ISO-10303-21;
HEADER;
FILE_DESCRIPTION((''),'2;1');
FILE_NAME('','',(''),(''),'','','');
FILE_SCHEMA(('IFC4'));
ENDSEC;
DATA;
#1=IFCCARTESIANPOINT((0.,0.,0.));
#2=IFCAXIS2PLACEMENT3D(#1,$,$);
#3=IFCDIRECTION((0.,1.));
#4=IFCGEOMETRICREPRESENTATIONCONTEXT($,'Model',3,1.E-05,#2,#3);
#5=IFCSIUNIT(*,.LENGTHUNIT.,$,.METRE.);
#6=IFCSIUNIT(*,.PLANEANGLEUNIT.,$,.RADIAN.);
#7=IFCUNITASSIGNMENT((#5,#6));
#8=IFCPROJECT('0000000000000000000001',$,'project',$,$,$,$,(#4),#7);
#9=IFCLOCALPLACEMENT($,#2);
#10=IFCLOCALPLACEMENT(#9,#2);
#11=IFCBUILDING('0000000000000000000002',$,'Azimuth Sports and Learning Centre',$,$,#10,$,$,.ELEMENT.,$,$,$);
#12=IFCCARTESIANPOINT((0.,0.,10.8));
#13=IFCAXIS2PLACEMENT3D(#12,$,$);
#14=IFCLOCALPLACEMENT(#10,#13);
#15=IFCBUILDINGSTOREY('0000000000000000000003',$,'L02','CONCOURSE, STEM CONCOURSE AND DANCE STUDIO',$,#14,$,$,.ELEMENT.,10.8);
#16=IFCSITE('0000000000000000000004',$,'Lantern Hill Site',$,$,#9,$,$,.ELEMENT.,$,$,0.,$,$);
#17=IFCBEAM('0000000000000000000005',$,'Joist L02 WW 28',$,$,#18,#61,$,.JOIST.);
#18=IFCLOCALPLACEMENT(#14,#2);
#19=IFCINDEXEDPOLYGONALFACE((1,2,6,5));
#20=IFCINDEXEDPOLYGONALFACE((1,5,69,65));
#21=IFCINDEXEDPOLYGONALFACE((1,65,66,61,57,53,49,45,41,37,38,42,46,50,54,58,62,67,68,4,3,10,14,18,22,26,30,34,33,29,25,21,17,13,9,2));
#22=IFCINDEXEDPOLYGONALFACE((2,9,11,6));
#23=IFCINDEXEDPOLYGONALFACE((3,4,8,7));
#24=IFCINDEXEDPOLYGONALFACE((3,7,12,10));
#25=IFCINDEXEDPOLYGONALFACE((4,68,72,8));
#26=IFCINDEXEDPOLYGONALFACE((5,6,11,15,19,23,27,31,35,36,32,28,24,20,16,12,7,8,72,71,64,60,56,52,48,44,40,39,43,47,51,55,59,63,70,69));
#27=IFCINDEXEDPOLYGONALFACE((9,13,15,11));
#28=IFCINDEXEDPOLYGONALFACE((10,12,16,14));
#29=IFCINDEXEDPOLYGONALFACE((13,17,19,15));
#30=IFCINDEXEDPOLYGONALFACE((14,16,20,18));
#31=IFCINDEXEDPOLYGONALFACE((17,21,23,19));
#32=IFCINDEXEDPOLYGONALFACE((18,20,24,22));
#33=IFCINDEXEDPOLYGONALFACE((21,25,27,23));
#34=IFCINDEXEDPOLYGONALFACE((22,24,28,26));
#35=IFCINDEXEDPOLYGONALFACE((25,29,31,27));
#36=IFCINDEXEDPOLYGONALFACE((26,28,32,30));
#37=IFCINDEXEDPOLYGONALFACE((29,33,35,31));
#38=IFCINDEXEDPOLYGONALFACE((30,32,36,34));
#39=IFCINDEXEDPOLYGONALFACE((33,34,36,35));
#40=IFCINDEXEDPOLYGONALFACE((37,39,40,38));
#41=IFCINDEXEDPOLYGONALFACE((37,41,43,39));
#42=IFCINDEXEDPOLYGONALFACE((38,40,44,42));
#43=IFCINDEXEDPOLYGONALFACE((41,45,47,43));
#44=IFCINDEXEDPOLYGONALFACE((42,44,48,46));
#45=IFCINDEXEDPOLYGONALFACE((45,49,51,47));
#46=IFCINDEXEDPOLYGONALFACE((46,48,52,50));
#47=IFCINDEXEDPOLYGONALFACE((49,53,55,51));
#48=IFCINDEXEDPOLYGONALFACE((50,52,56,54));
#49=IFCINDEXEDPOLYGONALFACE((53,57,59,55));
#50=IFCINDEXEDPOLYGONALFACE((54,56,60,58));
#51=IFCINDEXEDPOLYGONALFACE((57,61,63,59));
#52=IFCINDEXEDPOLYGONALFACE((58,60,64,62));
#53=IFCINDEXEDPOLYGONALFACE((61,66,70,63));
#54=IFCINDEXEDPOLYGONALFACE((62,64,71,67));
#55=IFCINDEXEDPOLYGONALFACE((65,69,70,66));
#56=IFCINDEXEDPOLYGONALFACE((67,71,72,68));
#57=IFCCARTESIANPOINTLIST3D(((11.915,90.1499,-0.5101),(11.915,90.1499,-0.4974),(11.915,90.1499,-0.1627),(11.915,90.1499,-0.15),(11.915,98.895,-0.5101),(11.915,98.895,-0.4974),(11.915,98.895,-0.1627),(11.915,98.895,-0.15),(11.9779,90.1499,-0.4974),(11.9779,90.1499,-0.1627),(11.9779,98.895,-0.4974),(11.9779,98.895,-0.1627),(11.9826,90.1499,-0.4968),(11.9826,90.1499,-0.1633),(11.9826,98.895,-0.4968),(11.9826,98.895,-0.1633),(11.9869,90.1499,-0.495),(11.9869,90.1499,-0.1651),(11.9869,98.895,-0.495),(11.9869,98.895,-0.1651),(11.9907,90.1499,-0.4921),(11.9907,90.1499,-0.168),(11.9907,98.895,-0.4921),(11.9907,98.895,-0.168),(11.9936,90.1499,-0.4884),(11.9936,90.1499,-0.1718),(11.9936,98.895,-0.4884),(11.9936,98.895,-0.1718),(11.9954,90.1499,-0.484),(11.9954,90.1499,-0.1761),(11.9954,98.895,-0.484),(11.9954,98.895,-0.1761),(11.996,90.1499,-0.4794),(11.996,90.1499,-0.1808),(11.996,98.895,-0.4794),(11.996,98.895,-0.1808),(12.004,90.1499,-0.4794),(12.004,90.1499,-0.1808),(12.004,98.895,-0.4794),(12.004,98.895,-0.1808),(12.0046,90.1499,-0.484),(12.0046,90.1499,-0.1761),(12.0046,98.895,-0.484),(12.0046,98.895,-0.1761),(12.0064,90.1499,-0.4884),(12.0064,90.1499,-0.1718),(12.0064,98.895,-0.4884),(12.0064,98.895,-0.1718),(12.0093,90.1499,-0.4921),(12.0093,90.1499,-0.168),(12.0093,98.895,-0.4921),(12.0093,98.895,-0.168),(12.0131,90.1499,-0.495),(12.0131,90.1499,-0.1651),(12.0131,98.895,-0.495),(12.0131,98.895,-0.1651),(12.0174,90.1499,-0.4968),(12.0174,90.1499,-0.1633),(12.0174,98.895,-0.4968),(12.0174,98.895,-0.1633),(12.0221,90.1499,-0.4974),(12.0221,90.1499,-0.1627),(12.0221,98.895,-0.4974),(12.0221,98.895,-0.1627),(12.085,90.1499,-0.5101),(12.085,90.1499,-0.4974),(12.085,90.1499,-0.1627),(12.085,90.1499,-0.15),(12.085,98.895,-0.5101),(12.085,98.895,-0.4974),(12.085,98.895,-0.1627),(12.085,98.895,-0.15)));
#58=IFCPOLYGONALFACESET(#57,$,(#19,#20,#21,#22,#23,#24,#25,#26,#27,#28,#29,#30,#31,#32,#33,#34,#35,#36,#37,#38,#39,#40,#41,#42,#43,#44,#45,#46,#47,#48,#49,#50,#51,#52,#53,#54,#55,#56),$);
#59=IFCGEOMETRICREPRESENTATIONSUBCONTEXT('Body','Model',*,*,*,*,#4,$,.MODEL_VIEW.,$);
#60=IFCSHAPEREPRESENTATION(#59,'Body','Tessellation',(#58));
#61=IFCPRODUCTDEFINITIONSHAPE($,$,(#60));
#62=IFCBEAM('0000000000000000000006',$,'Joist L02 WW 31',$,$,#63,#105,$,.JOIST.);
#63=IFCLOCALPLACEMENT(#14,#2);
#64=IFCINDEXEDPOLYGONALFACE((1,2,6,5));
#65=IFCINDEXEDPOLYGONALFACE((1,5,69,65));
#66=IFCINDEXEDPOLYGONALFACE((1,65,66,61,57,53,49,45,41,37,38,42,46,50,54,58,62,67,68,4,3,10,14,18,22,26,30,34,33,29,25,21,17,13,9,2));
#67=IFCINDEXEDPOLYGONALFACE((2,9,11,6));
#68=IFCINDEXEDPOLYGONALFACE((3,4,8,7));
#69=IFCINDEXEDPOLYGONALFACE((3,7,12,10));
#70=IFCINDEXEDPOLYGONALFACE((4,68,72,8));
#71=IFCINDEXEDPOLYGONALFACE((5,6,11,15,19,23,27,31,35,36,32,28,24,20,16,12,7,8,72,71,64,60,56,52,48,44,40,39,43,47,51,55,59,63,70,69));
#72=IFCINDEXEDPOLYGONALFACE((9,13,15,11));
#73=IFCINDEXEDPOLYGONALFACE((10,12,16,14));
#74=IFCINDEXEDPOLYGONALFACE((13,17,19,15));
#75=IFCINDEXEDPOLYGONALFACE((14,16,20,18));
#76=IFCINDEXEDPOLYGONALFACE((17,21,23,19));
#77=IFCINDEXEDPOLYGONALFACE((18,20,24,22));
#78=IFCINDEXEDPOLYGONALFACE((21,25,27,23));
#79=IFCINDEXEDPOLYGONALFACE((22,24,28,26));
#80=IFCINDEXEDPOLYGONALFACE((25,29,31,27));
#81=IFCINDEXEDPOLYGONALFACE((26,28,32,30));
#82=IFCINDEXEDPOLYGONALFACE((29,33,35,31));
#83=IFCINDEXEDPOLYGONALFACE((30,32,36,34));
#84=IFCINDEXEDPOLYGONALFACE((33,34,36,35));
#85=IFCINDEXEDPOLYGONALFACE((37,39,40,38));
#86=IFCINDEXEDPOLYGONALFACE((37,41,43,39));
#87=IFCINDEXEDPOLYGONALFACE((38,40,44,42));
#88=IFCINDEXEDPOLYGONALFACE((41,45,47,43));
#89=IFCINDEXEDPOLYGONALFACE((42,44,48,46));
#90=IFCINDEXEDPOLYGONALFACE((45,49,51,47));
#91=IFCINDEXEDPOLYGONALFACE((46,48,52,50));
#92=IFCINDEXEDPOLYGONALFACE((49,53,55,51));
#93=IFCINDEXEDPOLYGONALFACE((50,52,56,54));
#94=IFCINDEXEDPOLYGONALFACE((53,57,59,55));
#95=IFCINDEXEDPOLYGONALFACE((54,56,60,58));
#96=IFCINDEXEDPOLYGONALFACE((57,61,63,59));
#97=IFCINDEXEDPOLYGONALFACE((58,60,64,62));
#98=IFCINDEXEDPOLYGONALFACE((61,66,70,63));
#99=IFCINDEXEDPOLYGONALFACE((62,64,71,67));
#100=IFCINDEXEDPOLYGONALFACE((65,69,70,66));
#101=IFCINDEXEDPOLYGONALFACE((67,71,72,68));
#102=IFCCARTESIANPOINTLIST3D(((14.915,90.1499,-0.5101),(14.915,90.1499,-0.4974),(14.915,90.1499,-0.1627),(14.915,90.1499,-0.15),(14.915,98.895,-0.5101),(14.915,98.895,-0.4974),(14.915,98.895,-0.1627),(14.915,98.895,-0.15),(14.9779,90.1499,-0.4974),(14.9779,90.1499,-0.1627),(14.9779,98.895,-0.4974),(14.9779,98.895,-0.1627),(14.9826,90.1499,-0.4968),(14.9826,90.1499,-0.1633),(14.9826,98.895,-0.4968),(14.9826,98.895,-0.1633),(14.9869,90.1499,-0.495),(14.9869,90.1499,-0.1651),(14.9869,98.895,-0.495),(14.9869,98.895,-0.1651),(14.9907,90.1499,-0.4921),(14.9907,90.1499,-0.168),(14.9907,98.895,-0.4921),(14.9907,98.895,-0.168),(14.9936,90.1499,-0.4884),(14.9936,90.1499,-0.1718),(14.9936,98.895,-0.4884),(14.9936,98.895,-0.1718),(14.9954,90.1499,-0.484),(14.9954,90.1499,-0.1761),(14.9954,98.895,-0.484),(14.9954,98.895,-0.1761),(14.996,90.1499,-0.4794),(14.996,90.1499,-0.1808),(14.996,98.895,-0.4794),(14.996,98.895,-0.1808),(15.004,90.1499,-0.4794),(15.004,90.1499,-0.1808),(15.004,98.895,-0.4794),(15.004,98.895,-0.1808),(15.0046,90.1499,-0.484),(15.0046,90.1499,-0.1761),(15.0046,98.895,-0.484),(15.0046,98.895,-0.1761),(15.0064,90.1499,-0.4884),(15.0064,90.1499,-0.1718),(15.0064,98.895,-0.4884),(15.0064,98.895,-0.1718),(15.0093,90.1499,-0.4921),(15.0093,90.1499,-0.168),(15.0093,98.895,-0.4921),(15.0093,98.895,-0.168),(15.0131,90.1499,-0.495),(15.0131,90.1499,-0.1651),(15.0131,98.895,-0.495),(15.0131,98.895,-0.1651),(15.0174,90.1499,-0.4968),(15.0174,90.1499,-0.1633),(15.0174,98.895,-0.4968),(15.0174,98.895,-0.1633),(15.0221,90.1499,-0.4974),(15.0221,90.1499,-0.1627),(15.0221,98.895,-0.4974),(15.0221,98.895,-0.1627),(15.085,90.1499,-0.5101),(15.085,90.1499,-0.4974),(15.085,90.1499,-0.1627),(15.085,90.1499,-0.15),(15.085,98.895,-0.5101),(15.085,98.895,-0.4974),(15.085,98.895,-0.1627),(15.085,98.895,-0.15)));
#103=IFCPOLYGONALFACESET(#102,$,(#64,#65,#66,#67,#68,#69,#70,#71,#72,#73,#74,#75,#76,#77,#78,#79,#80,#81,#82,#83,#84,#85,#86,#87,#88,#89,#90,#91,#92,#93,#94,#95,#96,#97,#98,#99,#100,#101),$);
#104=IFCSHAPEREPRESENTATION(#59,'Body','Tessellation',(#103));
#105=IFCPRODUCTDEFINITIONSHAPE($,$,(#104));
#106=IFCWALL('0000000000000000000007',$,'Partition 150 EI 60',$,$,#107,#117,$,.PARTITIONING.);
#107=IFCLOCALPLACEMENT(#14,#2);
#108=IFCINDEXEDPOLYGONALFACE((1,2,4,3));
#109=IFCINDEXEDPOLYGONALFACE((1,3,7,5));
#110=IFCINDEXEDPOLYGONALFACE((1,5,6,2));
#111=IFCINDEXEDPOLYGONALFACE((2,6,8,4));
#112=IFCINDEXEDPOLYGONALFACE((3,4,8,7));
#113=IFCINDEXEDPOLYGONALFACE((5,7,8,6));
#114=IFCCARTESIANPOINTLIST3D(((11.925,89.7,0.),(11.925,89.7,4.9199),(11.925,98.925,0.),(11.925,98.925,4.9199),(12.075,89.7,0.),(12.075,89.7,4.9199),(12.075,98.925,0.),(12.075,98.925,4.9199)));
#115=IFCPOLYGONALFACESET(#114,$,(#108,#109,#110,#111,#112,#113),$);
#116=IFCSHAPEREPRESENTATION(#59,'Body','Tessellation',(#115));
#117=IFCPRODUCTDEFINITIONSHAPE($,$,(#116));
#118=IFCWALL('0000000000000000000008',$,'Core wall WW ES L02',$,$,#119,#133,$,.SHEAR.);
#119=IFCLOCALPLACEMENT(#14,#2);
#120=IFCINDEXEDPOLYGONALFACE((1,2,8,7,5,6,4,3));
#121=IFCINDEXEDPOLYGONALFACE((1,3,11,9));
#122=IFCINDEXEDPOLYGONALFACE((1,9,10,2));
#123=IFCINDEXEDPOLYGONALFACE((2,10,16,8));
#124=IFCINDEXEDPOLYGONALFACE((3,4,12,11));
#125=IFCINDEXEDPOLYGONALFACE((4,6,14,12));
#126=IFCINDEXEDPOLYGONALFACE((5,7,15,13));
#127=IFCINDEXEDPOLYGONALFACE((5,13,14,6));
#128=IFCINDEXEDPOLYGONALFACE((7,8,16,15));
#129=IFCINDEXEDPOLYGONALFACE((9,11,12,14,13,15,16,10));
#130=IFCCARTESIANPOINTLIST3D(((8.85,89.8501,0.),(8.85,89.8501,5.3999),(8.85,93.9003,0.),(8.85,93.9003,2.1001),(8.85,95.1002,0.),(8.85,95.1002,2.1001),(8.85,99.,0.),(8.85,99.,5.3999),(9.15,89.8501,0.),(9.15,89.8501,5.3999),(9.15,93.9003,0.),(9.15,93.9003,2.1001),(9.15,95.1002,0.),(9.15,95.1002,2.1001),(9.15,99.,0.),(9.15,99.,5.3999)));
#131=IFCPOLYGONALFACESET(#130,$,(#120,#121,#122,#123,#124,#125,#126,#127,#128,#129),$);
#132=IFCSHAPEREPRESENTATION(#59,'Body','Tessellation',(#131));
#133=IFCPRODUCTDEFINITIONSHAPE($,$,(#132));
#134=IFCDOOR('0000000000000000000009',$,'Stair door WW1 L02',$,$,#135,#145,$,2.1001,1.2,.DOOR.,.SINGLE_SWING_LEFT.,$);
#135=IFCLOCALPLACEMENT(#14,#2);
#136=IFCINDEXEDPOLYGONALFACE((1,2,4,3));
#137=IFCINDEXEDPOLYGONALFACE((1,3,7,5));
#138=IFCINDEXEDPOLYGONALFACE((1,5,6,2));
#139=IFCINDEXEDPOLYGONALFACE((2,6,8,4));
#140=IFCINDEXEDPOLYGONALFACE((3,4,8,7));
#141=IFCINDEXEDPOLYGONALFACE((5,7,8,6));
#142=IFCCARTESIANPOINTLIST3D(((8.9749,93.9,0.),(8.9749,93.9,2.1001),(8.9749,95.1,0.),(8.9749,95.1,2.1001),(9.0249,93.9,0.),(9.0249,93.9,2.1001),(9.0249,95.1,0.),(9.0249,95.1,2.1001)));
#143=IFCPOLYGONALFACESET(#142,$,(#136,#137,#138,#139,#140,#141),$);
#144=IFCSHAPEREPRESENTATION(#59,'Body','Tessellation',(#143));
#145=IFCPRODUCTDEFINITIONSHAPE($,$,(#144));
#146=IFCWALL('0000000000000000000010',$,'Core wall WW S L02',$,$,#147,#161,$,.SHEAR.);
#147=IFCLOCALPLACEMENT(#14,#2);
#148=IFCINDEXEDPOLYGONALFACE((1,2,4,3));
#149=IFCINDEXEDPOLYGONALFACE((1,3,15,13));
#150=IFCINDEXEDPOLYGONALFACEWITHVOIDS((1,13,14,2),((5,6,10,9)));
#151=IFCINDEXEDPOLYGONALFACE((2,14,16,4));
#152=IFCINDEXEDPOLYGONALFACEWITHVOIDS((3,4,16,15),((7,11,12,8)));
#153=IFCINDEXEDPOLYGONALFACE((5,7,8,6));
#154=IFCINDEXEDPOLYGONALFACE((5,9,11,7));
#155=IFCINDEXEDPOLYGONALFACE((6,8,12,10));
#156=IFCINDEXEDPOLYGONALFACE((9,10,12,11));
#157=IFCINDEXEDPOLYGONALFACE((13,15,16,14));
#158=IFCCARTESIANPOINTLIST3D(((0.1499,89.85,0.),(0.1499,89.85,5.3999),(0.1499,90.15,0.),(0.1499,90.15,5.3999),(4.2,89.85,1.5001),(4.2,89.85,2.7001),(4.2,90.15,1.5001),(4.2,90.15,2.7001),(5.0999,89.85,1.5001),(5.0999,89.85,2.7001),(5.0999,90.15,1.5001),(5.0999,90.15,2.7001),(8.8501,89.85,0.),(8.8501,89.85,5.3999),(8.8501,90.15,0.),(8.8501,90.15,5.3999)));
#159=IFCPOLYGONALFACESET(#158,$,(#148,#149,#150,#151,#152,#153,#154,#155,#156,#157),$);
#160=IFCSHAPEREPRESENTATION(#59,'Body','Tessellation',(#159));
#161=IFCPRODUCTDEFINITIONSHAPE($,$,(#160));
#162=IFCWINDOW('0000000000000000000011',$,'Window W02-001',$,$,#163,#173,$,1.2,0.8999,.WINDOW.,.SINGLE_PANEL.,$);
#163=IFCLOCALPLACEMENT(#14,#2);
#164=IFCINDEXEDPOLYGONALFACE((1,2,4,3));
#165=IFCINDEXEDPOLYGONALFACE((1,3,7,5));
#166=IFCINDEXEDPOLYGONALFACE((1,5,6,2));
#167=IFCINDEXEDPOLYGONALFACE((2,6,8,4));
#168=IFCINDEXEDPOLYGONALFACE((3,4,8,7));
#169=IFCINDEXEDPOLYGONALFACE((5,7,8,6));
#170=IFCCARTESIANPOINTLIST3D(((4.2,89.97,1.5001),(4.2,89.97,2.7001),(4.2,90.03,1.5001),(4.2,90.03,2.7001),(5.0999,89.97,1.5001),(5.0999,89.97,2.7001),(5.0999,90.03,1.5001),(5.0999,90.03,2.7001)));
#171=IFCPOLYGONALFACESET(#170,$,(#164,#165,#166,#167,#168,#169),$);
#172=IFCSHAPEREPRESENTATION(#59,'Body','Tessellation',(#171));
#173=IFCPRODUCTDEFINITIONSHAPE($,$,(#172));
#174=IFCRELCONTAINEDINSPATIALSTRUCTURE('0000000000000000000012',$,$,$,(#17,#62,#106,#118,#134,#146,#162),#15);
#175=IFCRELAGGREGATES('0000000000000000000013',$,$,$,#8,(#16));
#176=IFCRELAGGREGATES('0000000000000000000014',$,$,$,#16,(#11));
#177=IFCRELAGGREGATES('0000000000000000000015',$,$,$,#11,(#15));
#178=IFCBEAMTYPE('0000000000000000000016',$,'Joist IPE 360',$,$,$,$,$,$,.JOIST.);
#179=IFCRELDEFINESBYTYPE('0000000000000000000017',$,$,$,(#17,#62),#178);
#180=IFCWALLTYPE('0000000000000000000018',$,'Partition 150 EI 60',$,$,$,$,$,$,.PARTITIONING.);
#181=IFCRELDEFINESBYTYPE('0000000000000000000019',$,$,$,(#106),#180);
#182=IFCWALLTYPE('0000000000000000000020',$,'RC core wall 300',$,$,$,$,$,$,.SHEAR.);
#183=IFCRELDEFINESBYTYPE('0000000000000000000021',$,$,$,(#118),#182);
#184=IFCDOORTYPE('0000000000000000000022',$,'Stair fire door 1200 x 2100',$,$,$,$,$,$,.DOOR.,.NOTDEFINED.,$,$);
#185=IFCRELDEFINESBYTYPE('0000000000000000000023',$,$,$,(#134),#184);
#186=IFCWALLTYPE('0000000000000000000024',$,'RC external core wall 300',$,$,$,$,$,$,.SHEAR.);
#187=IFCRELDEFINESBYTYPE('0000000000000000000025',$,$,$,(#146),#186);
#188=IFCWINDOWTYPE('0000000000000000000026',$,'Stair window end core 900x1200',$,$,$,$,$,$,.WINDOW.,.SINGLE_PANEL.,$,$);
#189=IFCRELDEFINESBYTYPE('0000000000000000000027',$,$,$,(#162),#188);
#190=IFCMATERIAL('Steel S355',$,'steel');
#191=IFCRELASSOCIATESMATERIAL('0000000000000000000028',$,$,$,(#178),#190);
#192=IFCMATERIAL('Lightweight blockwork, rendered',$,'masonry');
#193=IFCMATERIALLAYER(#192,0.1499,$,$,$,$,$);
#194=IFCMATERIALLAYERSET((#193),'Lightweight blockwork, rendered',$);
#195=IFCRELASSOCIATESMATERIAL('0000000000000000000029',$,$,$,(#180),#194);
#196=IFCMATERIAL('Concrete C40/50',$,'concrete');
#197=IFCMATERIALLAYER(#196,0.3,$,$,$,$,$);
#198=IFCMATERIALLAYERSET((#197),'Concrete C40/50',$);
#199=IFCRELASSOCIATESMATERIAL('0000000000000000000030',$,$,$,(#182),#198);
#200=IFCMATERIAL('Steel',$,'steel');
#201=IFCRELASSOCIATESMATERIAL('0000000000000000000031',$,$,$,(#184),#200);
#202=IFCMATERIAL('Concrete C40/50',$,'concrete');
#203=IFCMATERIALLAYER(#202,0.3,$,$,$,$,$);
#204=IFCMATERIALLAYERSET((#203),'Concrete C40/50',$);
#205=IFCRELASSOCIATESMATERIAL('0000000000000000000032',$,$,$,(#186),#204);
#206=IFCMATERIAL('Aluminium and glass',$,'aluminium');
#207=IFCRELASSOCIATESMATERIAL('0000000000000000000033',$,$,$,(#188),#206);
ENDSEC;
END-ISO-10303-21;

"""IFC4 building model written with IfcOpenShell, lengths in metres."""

from ifc_helpers import new_model, si_unit, direction, frame, frame_2d, origin, origin_2d, place, context, subcontext, project, spatial, rectangle, i_section, extrude, material, layer, layer_set, material_profile, profile_set, type_object, element, fill, save


model = new_model("IFC4")

# Units and contexts
model_context = context("Model", 3, precision=1e-05, world=origin(), true_north=direction((0.0, 1.0)))
body_context = subcontext(model_context, "Body", "Model", "MODEL_VIEW")
ifc_project = project(units=[si_unit("LENGTHUNIT", "METRE"), si_unit("PLANEANGLEUNIT", "RADIAN")], contexts=[model_context])

# Site, building, storey
site_placement = place(None, origin())
site = spatial("IfcSite", under=ifc_project, at=site_placement, Name="Lantern Hill Site", CompositionType="ELEMENT", RefElevation=0.0)
building_placement = place(site_placement, origin())
building = spatial("IfcBuilding", under=site, at=building_placement, Name="Azimuth Sports and Learning Centre", CompositionType="ELEMENT")
storey_placement = place(building_placement, frame((0.0, 0.0, 10.8)))
storey = spatial("IfcBuildingStorey", under=building, at=storey_placement, Name="L02", Description="CONCOURSE, STEM CONCOURSE AND DANCE STUDIO", CompositionType="ELEMENT", Elevation=10.8)

# Beams
ifc_material_1 = material(Name="Steel S355", Category="steel")
ifc_material_profile_1 = material_profile(ifc_material_1, i_section(OverallWidth=0.1699, OverallDepth=0.3601, WebThickness=0.0081, FlangeThickness=0.0127, FilletRadius=0.0181, at=origin_2d()), Name="IPE 360")
ifc_profile_set_1 = profile_set([ifc_material_profile_1], Name="Steel S355")
beam_type_1 = type_object("IfcBeamType", Name="Joist IPE 360", PredefinedType="JOIST", material=ifc_profile_set_1)
for number, where, z_axis, x_axis, name in (
    (1, (12.0, 90.1499, -0.3301), (0.0, 1.0, 0.0), (-1.0, 0.0, 0.0), "Joist L02 WW 28"),
    (2, (15.0, 90.1499, -0.3301), (0.0, 1.0, 0.0), (-1.0, 0.0, 0.0), "Joist L02 WW 31"),
):
    element("IfcBeam", number, at=place(storey_placement, frame(where, z_axis=z_axis, x_axis=x_axis)), inside=storey, type_object=beam_type_1, Name=name, PredefinedType="JOIST", context=body_context, shape_type="SweptSolid", body=[
        extrude(i_section(OverallWidth=0.1699, OverallDepth=0.3601, WebThickness=0.0081, FlangeThickness=0.0127, FilletRadius=0.0181, at=origin_2d()), origin(), (0.0, 0.0, 1.0), 8.7451),
    ])

# Wall
ifc_material_2 = material(Name="Lightweight blockwork, rendered", Category="masonry")
ifc_layer_1 = layer(ifc_material_2, 0.1499)
ifc_layer_set_1 = layer_set([ifc_layer_1], Name="Lightweight blockwork, rendered")
wall_type_1 = type_object("IfcWallType", Name="Partition 150 EI 60", PredefinedType="PARTITIONING", material=ifc_layer_set_1)
wall_1_placement = place(storey_placement, frame((12.0, 89.7, 0.0), z_axis=(0.0, 0.0, 1.0), x_axis=(0.0, 1.0, 0.0)))
element("IfcWall", 3, at=wall_1_placement, inside=storey, type_object=wall_type_1, Name="Partition 150 EI 60", PredefinedType="PARTITIONING", context=body_context, shape_type="SweptSolid", body=[
    extrude(rectangle(XDim=9.2251, YDim=0.1499, at=frame_2d((4.6125, 0.0))), origin(), (0.0, 0.0, 1.0), 4.9199),
])

# Wall, opening, door
ifc_material_3 = material(Name="Concrete C40/50", Category="concrete")
ifc_layer_2 = layer(ifc_material_3, 0.3)
ifc_layer_set_2 = layer_set([ifc_layer_2], Name="Concrete C40/50")
wall_type_2 = type_object("IfcWallType", Name="RC core wall 300", PredefinedType="SHEAR", material=ifc_layer_set_2)
wall_2_placement = place(storey_placement, frame((9.0, 89.8501, 0.0), z_axis=(0.0, 0.0, 1.0), x_axis=(0.0, 1.0, 0.0)))
wall_2 = element("IfcWall", 4, at=wall_2_placement, inside=storey, type_object=wall_type_2, Name="Core wall WW ES L02", PredefinedType="SHEAR", context=body_context, shape_type="SweptSolid", body=[
    extrude(rectangle(XDim=9.1499, YDim=0.3, at=frame_2d((4.575, 0.0))), origin(), (0.0, 0.0, 1.0), 5.3999),
])
opening_1_placement = place(wall_2_placement, frame((4.05, 0.0, 0.0)))
opening_1 = element("IfcOpeningElement", 5, at=opening_1_placement, cuts=wall_2, PredefinedType="OPENING", context=body_context, shape_type="SweptSolid", body=[
    extrude(rectangle(XDim=1.2, YDim=2.1001, at=frame_2d((0.6001, 1.05))), frame((0.0, 0.1611, 0.0), z_axis=(0.0, -1.0, 0.0), x_axis=(1.0, 0.0, 0.0)), (0.0, 0.0, 1.0), 0.322),
])
ifc_material_4 = material(Name="Steel", Category="steel")
door_type = type_object("IfcDoorType", Name="Stair fire door 1200 x 2100", OperationType="NOTDEFINED", PredefinedType="DOOR", material=ifc_material_4)
door_placement = place(opening_1_placement, frame((1.2, 0.0, 0.0), z_axis=(0.0, 0.0, 1.0), x_axis=(-1.0, 0.0, 0.0)))
door = element("IfcDoor", 6, at=door_placement, inside=storey, type_object=door_type, Name="Stair door WW1 L02", OperationType="SINGLE_SWING_LEFT", OverallHeight=2.1001, OverallWidth=1.2, PredefinedType="DOOR", context=body_context, shape_type="SweptSolid", body=[
    extrude(rectangle(XDim=1.2, YDim=2.1001, at=frame_2d((0.6001, 1.05))), frame((0.0, 0.0249, 0.0), z_axis=(0.0, -1.0, 0.0), x_axis=(1.0, 0.0, 0.0)), (0.0, 0.0, 1.0), 0.05),
])
fill(opening_1, door)

# Wall, opening, window
ifc_material_5 = material(Name="Concrete C40/50", Category="concrete")
ifc_layer_3 = layer(ifc_material_5, 0.3)
ifc_layer_set_3 = layer_set([ifc_layer_3], Name="Concrete C40/50")
wall_type_3 = type_object("IfcWallType", Name="RC external core wall 300", PredefinedType="SHEAR", material=ifc_layer_set_3)
wall_3_placement = place(storey_placement, frame((0.1499, 90.0, 0.0), z_axis=(0.0, 0.0, 1.0), x_axis=(1.0, 0.0, 0.0)))
wall_3 = element("IfcWall", 7, at=wall_3_placement, inside=storey, type_object=wall_type_3, Name="Core wall WW S L02", PredefinedType="SHEAR", context=body_context, shape_type="SweptSolid", body=[
    extrude(rectangle(XDim=8.7002, YDim=0.3, at=frame_2d((4.3501, 0.0))), origin(), (0.0, 0.0, 1.0), 5.3999),
])
opening_2_placement = place(wall_3_placement, frame((4.05, 0.0, 1.5)))
opening_2 = element("IfcOpeningElement", 8, at=opening_2_placement, cuts=wall_3, PredefinedType="OPENING", context=body_context, shape_type="SweptSolid", body=[
    extrude(rectangle(XDim=0.8999, YDim=1.2, at=frame_2d((0.45, 0.6001))), frame((0.0, 0.1611, 0.0), z_axis=(0.0, -1.0, 0.0), x_axis=(1.0, 0.0, 0.0)), (0.0, 0.0, 1.0), 0.322),
])
ifc_material_6 = material(Name="Aluminium and glass", Category="aluminium")
window_type = type_object("IfcWindowType", Name="Stair window end core 900x1200", PartitioningType="SINGLE_PANEL", PredefinedType="WINDOW", material=ifc_material_6)
window_placement = place(opening_2_placement, origin())
window = element("IfcWindow", 9, at=window_placement, inside=storey, type_object=window_type, Name="Window W02-001", OverallHeight=1.2, OverallWidth=0.8999, PartitioningType="SINGLE_PANEL", PredefinedType="WINDOW", context=body_context, shape_type="SweptSolid", body=[
    extrude(rectangle(XDim=0.8999, YDim=1.2, at=frame_2d((0.45, 0.6001))), frame((0.0, 0.03, 0.0), z_axis=(0.0, -1.0, 0.0), x_axis=(1.0, 0.0, 0.0)), (0.0, 0.0, 1.0), 0.0601),
])
fill(opening_2, window)

save(model, "model.ifc")
